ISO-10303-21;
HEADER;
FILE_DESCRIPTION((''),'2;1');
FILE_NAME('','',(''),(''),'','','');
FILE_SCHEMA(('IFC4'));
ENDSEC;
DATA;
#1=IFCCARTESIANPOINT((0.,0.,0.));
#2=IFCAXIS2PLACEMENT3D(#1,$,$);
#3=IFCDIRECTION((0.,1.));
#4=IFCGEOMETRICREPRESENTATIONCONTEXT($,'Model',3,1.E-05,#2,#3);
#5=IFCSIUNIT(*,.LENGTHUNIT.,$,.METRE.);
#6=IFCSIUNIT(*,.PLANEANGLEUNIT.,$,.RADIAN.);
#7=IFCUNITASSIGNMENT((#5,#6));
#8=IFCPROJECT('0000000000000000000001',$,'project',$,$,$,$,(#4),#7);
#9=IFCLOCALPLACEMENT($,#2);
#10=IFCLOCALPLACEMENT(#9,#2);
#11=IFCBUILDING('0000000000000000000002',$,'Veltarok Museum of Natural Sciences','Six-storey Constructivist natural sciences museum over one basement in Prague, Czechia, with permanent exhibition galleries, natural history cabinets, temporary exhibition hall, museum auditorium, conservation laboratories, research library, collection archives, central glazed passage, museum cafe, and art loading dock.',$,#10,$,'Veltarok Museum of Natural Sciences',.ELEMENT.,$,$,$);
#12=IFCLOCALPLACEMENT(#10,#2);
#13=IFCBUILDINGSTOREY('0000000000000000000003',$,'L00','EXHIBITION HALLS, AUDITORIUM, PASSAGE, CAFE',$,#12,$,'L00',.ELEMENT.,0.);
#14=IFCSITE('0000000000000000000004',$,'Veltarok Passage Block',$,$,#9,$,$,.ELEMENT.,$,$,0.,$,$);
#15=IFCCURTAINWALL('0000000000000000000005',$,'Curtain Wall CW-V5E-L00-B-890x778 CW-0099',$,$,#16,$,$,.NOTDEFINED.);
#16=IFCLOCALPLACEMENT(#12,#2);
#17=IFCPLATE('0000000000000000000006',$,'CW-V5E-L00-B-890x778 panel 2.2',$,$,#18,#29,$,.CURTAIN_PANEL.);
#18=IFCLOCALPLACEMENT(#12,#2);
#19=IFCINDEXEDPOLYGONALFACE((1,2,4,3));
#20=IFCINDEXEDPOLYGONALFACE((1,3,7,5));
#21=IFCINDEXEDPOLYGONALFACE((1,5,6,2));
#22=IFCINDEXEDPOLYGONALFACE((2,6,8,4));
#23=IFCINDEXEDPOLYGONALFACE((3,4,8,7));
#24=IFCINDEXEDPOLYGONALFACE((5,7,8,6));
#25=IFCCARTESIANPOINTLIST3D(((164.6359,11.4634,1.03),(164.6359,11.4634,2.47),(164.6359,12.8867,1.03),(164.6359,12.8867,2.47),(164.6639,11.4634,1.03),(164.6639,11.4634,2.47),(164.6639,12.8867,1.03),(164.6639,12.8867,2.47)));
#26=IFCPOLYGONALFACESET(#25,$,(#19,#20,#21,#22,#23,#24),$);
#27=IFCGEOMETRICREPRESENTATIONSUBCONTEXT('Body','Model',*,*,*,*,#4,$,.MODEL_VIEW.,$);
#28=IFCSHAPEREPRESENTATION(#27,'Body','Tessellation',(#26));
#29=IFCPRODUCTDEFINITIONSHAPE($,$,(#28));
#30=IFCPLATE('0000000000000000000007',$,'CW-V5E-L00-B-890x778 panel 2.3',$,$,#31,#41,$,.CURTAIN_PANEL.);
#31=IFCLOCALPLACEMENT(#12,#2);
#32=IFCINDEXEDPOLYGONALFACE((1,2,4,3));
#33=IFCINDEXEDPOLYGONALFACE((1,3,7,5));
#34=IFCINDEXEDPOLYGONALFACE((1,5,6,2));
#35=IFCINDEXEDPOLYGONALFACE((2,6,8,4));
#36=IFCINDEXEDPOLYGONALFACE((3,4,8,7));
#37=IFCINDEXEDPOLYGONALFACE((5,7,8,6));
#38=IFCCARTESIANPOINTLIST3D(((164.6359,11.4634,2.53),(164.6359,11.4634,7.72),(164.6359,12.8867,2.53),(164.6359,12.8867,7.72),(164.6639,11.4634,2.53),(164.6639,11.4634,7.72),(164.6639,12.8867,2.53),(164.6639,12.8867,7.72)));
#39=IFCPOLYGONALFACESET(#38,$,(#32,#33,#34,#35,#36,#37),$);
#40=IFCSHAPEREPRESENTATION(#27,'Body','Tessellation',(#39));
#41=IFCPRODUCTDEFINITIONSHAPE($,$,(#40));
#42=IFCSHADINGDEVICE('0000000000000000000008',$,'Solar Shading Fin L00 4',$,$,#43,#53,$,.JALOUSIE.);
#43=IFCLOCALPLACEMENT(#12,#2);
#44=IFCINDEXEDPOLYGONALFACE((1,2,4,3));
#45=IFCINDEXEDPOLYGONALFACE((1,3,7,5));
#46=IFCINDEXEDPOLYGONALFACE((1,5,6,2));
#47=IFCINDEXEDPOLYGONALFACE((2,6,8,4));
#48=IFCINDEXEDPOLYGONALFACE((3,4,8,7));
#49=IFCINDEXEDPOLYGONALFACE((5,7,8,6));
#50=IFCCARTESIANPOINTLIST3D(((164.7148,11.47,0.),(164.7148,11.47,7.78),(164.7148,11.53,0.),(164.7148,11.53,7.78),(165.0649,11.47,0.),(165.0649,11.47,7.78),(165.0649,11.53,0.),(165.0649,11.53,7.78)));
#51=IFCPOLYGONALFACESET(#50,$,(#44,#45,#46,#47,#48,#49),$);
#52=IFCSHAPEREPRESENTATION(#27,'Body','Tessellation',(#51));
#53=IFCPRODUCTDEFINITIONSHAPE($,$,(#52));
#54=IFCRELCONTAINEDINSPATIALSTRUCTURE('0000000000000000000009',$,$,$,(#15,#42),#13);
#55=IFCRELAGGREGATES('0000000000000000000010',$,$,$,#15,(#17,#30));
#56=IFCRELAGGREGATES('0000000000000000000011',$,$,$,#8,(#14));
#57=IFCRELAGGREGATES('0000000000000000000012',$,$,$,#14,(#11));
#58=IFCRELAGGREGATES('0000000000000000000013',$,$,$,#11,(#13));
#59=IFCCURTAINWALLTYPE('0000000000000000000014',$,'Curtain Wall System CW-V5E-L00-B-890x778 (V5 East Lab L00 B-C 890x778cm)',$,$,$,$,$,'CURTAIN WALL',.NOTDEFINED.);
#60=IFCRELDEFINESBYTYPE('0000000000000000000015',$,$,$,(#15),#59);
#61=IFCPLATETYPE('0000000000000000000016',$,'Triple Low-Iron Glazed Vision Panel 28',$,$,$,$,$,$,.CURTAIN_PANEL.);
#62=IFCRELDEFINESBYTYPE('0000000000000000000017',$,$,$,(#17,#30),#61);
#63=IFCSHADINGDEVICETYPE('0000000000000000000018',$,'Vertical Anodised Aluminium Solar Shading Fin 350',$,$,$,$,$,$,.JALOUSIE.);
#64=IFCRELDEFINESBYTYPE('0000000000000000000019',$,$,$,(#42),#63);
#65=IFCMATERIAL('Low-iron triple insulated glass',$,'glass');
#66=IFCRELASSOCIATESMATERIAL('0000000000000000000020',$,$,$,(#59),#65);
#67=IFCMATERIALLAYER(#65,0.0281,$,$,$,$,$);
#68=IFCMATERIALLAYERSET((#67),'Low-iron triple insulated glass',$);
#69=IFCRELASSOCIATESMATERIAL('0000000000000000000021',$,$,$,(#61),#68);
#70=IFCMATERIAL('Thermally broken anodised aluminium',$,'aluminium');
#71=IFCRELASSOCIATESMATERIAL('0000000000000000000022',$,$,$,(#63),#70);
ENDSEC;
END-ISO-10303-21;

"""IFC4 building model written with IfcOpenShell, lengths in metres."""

from ifc_helpers import new_model, si_unit, direction, frame, origin, origin_2d, place, context, subcontext, project, spatial, rectangle, extrude, material, layer, layer_set, type_object, element, aggregate, save


model = new_model("IFC4")

# Units and contexts
model_context = context("Model", 3, precision=1e-05, world=origin(), true_north=direction((0.0, 1.0)))
body_context = subcontext(model_context, "Body", "Model", "MODEL_VIEW")
ifc_project = project(units=[si_unit("LENGTHUNIT", "METRE"), si_unit("PLANEANGLEUNIT", "RADIAN")], contexts=[model_context])

# Site, building, storey
site_placement = place(None, origin())
site = spatial("IfcSite", under=ifc_project, at=site_placement, Name="Veltarok Passage Block", CompositionType="ELEMENT", RefElevation=0.0)
building_placement = place(site_placement, origin())
building = spatial("IfcBuilding", under=site, at=building_placement, Name="Veltarok Museum of Natural Sciences", Description="Six-storey Constructivist natural sciences museum over one basement in Prague, Czechia, with permanent exhibition galleries, natural history cabinets, temporary exhibition hall, museum auditorium, conservation laboratories, research library, collection archives, central glazed passage, museum cafe, and art loading dock.", LongName="Veltarok Museum of Natural Sciences", CompositionType="ELEMENT")
storey_placement = place(building_placement, origin())
storey = spatial("IfcBuildingStorey", under=building, at=storey_placement, Name="L00", Description="EXHIBITION HALLS, AUDITORIUM, PASSAGE, CAFE", LongName="L00", CompositionType="ELEMENT", Elevation=0.0)

# Curtain wall
ifc_material_1 = material(Name="Low-iron triple insulated glass", Category="glass")
ifc_material_2 = material(Name="Thermally broken anodised aluminium", Category="aluminium")
curtain_wall_type_1 = type_object("IfcCurtainWallType", Name="Curtain Wall System CW-V5E-L00-B-890x778 (V5 East Lab L00 B-C 890x778cm)", ElementType="CURTAIN WALL", PredefinedType="NOTDEFINED", material=ifc_material_1)
curtain_wall_1_placement = place(storey_placement, origin())
curtain_wall_1 = element("IfcCurtainWall", 1, at=curtain_wall_1_placement, inside=storey, type_object=curtain_wall_type_1, Name="Curtain Wall CW-V5E-L00-B-890x778 CW-0099", PredefinedType="NOTDEFINED")

# Plates
ifc_layer = layer(ifc_material_1, 0.0281)
ifc_layer_set = layer_set([ifc_layer], Name="Low-iron triple insulated glass")
plate_type = type_object("IfcPlateType", Name="Triple Low-Iron Glazed Vision Panel 28", PredefinedType="CURTAIN_PANEL", material=ifc_layer_set)
plate_1_placement = place(storey_placement, frame((164.6499, 12.175, 1.03), z_axis=(0.0, 0.0, 1.0), x_axis=(0.0, 1.0, 0.0)))
plate_1 = element("IfcPlate", 2, at=plate_1_placement, type_object=plate_type, Name="CW-V5E-L00-B-890x778 panel 2.2", PredefinedType="CURTAIN_PANEL", context=body_context, shape_type="SweptSolid", body=[
    extrude(rectangle(XDim=1.4233, YDim=0.0281, at=origin_2d()), origin(), (0.0, 0.0, 1.0), 1.4399),
])
plate_2_placement = place(storey_placement, frame((164.6499, 12.175, 2.53), z_axis=(0.0, 0.0, 1.0), x_axis=(0.0, 1.0, 0.0)))
plate_2 = element("IfcPlate", 3, at=plate_2_placement, type_object=plate_type, Name="CW-V5E-L00-B-890x778 panel 2.3", PredefinedType="CURTAIN_PANEL", context=body_context, shape_type="SweptSolid", body=[
    extrude(rectangle(XDim=1.4233, YDim=0.0281, at=origin_2d()), origin(), (0.0, 0.0, 1.0), 5.1899),
])
aggregate(curtain_wall_1, [plate_1, plate_2])

# Shading device
shading_device_type = type_object("IfcShadingDeviceType", Name="Vertical Anodised Aluminium Solar Shading Fin 350", PredefinedType="JALOUSIE", material=ifc_material_2)
shading_device_placement = place(storey_placement, frame((164.8899, 11.5, 0.0), z_axis=(0.0, 0.0, 1.0), x_axis=(1.0, 0.0, 0.0)))
element("IfcShadingDevice", 4, at=shading_device_placement, inside=storey, type_object=shading_device_type, Name="Solar Shading Fin L00 4", PredefinedType="JALOUSIE", context=body_context, shape_type="SweptSolid", body=[
    extrude(rectangle(XDim=0.3501, YDim=0.0601, at=origin_2d()), origin(), (0.0, 0.0, 1.0), 7.78),
])

save(model, "model.ifc")
